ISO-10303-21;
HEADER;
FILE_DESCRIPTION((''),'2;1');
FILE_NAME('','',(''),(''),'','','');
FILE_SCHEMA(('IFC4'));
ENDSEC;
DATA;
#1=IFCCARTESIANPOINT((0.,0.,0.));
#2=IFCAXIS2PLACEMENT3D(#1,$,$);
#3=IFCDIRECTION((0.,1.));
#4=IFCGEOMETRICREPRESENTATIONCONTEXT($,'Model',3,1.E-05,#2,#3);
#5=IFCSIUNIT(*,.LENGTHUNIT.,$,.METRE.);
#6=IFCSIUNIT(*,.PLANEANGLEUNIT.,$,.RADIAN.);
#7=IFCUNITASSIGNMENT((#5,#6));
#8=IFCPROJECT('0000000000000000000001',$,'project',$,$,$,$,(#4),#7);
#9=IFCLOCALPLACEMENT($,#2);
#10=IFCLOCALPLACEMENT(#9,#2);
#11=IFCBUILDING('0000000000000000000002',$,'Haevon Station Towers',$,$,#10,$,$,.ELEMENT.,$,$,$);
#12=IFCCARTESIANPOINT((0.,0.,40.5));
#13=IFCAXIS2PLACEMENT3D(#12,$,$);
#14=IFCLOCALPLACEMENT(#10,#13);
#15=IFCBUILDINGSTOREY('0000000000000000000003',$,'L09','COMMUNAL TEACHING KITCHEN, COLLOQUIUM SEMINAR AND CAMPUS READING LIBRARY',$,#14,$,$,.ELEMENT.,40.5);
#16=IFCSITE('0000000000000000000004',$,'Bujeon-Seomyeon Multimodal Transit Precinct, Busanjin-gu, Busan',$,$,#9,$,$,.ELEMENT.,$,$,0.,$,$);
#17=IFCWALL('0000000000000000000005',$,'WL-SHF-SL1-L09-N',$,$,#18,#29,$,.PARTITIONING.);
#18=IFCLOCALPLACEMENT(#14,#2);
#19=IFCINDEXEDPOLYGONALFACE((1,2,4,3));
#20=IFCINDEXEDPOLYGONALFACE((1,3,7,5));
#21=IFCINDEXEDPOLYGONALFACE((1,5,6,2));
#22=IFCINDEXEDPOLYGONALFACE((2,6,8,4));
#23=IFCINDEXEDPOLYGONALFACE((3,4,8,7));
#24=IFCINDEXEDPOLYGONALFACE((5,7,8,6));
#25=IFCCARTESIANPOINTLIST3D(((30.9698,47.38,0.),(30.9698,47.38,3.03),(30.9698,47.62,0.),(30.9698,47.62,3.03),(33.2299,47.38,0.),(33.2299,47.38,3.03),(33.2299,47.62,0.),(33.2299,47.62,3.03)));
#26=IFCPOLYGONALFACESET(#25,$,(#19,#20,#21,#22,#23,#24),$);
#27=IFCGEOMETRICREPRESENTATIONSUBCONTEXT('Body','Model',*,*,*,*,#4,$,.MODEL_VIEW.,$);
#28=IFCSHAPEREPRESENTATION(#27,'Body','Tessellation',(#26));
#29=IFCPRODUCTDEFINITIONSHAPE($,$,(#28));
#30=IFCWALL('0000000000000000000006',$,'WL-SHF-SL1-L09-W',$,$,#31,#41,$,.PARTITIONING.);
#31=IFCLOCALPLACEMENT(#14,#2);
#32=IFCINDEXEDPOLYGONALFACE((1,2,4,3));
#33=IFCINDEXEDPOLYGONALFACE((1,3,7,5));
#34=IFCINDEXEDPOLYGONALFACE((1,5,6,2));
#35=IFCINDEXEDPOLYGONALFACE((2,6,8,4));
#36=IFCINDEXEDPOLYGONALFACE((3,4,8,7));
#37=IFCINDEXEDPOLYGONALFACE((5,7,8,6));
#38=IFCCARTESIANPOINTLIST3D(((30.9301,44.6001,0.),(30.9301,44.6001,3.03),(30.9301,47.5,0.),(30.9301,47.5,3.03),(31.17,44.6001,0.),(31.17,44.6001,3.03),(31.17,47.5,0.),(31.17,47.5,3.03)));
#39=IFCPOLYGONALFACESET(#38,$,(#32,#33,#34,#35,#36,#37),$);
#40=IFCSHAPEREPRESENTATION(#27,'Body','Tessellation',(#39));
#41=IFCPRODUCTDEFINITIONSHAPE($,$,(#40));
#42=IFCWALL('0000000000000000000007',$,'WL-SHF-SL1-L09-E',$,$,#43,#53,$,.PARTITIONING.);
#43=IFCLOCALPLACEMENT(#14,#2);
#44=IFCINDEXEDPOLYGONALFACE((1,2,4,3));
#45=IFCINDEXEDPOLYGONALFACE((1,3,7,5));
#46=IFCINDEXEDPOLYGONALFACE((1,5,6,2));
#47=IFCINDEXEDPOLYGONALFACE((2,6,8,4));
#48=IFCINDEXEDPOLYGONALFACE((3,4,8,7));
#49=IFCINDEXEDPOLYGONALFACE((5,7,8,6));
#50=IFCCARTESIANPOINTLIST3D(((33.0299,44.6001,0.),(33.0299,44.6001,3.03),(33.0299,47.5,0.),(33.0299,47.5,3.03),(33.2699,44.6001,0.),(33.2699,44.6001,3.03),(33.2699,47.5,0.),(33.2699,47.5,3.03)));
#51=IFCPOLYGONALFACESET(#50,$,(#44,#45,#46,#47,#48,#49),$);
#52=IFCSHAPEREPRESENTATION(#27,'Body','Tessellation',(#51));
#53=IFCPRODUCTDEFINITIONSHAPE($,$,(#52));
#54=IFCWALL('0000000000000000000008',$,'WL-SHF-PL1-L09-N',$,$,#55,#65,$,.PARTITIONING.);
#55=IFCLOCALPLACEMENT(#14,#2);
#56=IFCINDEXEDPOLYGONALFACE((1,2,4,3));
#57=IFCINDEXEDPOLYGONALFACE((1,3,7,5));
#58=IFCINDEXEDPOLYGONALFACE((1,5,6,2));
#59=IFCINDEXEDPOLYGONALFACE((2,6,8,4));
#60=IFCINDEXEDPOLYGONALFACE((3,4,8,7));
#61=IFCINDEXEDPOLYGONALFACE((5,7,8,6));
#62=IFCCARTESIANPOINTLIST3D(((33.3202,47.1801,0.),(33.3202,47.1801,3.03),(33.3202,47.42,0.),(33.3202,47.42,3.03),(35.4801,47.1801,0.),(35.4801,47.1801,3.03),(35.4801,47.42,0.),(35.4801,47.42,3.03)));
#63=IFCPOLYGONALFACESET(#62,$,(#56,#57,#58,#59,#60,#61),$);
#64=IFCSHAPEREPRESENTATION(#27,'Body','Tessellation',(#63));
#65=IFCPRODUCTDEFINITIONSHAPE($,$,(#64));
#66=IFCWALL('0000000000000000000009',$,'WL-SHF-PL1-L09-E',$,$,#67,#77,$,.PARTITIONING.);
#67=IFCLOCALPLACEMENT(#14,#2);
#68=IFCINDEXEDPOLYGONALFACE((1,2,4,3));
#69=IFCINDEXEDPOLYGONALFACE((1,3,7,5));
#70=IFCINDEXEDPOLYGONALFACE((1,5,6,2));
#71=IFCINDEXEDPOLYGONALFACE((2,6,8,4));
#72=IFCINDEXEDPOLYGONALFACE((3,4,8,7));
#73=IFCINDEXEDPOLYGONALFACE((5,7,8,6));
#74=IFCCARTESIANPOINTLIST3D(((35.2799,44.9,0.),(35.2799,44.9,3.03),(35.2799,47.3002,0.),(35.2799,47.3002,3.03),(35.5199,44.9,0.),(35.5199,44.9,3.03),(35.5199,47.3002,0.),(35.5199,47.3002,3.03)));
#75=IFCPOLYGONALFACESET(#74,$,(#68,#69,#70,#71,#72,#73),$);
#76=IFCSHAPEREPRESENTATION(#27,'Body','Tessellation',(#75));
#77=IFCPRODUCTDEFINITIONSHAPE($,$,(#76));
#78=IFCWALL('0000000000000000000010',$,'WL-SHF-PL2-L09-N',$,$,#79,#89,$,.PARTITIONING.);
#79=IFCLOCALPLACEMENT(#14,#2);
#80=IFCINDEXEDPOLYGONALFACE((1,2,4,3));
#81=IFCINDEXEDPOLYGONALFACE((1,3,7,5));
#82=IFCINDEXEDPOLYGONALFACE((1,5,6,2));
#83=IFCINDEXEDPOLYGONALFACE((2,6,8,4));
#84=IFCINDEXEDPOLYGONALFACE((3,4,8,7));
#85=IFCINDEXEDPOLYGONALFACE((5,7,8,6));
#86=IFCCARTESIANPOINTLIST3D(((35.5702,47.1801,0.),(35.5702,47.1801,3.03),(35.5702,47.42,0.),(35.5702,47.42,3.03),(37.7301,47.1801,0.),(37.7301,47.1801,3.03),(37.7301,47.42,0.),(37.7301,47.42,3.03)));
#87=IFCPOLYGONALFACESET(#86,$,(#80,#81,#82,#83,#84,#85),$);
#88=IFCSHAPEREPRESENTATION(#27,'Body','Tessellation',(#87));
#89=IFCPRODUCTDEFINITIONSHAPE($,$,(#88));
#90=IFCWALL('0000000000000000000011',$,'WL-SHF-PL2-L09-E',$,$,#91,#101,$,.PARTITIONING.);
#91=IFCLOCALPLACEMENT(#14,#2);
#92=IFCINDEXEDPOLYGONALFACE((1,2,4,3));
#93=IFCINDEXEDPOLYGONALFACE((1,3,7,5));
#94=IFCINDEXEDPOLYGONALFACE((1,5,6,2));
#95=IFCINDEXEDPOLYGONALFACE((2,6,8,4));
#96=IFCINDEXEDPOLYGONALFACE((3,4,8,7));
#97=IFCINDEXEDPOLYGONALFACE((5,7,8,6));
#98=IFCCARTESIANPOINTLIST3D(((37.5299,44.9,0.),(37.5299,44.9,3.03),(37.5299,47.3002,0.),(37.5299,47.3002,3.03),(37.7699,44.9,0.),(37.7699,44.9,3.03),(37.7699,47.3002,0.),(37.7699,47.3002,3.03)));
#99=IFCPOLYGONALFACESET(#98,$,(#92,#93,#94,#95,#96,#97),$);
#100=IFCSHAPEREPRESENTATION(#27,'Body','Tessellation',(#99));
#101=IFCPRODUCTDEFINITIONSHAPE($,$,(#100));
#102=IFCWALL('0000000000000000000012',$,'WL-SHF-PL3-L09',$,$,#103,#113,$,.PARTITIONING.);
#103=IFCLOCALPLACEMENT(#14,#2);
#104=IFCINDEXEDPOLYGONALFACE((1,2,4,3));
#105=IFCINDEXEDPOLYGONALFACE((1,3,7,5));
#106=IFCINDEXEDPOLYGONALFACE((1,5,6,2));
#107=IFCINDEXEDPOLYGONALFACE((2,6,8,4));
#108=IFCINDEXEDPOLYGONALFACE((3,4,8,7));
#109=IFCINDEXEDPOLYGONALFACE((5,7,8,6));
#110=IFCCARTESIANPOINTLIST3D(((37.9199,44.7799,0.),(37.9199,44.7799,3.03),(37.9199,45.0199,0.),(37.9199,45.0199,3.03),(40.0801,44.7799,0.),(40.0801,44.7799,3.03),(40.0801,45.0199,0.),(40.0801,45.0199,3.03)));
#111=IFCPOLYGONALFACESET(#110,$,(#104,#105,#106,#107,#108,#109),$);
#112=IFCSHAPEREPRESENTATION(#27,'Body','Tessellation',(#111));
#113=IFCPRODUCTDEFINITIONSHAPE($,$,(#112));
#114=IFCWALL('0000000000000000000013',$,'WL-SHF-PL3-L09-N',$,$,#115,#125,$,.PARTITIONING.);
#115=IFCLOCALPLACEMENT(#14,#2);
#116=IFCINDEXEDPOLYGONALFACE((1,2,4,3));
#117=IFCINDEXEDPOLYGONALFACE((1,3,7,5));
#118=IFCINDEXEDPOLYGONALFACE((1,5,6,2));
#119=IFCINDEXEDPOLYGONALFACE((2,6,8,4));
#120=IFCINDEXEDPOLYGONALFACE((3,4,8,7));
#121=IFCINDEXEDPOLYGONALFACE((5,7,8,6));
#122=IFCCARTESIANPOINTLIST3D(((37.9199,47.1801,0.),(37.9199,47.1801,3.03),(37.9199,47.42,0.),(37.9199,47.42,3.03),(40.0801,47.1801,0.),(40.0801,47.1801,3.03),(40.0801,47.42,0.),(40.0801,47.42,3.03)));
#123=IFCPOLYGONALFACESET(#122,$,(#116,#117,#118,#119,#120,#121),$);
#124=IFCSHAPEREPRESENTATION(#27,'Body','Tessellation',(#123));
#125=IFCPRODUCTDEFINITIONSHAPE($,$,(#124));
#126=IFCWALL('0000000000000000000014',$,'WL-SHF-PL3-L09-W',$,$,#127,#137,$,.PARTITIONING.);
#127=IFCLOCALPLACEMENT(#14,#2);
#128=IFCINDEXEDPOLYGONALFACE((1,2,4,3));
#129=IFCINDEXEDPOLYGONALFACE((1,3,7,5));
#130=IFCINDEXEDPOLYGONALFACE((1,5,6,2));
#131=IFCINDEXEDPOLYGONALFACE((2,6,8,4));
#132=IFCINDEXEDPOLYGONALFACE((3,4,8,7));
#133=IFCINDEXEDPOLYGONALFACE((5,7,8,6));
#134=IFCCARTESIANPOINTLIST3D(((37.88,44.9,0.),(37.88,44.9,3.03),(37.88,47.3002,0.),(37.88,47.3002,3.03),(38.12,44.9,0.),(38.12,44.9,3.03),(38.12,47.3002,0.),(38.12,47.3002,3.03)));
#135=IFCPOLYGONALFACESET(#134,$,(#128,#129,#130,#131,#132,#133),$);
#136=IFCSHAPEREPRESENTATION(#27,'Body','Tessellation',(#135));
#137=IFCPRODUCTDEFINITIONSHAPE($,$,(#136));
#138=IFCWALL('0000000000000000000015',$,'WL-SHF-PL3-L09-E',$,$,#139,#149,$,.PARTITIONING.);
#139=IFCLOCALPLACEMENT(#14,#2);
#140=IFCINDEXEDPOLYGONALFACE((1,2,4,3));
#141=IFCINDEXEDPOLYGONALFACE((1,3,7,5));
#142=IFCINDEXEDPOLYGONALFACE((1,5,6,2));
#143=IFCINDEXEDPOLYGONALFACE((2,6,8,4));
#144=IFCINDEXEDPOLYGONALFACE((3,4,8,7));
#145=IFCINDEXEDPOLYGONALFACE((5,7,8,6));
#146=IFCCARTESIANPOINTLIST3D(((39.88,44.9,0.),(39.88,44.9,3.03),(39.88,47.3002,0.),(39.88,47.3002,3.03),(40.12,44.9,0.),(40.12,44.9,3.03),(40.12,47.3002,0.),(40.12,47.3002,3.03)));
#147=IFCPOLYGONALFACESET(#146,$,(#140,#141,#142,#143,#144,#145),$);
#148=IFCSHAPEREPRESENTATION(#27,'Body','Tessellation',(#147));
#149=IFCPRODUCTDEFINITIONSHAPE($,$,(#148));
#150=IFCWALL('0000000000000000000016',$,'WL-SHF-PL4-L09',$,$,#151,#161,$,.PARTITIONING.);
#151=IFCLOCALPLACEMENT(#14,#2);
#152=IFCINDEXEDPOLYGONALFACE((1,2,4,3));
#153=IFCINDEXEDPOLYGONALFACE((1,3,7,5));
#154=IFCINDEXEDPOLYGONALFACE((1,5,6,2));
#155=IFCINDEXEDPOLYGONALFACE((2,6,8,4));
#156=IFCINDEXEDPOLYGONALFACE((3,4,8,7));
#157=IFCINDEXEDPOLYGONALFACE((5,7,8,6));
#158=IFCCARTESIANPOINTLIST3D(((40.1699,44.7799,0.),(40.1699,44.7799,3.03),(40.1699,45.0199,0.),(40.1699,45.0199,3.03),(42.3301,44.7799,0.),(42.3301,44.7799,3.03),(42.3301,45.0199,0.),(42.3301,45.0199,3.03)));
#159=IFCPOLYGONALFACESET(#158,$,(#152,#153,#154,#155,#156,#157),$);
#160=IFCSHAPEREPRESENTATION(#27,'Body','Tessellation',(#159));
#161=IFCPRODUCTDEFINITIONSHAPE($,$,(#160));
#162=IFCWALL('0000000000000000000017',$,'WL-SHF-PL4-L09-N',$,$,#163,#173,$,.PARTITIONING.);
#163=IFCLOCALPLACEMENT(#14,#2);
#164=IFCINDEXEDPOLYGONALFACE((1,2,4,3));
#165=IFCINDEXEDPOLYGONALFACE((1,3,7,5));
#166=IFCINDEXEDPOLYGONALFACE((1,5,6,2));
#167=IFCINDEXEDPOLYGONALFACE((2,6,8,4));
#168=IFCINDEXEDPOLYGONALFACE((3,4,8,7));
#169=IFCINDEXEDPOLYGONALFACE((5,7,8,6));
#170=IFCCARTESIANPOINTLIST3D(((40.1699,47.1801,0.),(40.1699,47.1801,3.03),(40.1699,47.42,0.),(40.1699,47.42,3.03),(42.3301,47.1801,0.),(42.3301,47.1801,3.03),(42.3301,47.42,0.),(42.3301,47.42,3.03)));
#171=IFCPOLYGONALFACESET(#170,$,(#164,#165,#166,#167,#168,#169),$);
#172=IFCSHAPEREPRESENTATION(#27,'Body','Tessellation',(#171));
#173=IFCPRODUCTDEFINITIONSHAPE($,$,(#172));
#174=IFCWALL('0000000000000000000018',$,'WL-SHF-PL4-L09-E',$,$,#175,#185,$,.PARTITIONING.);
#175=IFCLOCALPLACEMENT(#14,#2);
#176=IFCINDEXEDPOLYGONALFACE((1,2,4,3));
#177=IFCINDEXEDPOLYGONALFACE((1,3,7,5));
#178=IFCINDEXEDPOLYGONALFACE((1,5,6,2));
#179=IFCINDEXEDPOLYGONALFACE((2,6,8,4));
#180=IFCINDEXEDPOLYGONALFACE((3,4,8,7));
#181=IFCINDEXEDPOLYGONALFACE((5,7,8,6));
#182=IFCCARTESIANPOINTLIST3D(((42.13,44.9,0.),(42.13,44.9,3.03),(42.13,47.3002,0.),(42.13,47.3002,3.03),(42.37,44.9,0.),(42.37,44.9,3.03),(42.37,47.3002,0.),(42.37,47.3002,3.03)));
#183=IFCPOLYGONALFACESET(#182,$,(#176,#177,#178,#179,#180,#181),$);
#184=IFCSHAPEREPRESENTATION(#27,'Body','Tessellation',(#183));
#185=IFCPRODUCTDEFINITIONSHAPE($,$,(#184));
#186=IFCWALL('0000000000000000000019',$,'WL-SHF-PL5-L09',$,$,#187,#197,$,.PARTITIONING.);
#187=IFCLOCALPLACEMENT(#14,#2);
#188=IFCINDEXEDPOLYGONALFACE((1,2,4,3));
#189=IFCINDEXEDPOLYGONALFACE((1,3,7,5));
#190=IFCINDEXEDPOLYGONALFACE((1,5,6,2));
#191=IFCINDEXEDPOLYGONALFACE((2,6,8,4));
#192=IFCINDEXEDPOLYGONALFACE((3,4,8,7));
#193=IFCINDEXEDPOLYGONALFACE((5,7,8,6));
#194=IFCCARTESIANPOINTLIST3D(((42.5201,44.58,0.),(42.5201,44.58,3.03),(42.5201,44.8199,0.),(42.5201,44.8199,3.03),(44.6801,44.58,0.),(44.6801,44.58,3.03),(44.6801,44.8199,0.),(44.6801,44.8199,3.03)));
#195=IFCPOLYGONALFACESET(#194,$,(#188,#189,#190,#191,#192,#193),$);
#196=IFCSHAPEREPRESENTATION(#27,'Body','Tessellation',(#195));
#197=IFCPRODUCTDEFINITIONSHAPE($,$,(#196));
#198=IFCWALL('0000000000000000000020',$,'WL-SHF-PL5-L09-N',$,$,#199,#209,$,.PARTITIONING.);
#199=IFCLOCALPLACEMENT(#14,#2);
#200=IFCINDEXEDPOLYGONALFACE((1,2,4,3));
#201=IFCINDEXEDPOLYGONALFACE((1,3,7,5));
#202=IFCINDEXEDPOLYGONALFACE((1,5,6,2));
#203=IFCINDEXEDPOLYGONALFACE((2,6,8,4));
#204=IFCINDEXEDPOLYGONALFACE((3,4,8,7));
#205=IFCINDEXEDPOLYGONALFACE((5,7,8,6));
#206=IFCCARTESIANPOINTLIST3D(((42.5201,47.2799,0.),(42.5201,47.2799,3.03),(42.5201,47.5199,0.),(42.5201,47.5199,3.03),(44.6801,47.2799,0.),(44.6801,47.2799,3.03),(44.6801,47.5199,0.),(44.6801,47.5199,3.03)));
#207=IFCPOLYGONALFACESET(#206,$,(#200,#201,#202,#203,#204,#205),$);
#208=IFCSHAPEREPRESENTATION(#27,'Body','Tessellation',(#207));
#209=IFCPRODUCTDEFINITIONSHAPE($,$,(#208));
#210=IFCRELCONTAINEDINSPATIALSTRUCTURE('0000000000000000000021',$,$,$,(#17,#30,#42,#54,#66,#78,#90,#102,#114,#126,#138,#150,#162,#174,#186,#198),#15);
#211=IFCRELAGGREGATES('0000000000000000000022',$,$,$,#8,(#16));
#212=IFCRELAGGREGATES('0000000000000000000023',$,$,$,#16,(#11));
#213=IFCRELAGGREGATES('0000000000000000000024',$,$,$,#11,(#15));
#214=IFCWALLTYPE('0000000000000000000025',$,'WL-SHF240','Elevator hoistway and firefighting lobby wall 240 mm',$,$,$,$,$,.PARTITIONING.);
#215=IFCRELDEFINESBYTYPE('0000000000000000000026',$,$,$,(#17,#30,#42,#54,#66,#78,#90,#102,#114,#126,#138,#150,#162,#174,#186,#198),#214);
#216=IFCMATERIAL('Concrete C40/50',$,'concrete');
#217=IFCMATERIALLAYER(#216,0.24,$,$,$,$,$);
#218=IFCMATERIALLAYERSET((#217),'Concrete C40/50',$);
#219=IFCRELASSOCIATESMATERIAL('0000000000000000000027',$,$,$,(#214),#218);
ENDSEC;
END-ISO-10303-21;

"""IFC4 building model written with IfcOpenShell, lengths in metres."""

from ifc_helpers import new_model, si_unit, direction, frame, frame_2d, origin, place, context, subcontext, project, spatial, rectangle, extrude, material, layer, layer_set, type_object, element, save


model = new_model("IFC4")

# Units and contexts
model_context = context("Model", 3, precision=1e-05, world=origin(), true_north=direction((0.0, 1.0)))
body_context = subcontext(model_context, "Body", "Model", "MODEL_VIEW")
ifc_project = project(units=[si_unit("LENGTHUNIT", "METRE"), si_unit("PLANEANGLEUNIT", "RADIAN")], contexts=[model_context])

# Site, building, storey
site_placement = place(None, origin())
site = spatial("IfcSite", under=ifc_project, at=site_placement, Name="Bujeon-Seomyeon Multimodal Transit Precinct, Busanjin-gu, Busan", CompositionType="ELEMENT", RefElevation=0.0)
building_placement = place(site_placement, origin())
building = spatial("IfcBuilding", under=site, at=building_placement, Name="Haevon Station Towers", CompositionType="ELEMENT")
storey_placement = place(building_placement, frame((0.0, 0.0, 40.5)))
storey = spatial("IfcBuildingStorey", under=building, at=storey_placement, Name="L09", Description="COMMUNAL TEACHING KITCHEN, COLLOQUIUM SEMINAR AND CAMPUS READING LIBRARY", CompositionType="ELEMENT", Elevation=40.5)

# Shared definitions
ifc_material_1 = material(Name="Concrete C40/50", Category="concrete")
ifc_layer_1 = layer(ifc_material_1, 0.24)
ifc_layer_set_1 = layer_set([ifc_layer_1], Name="Concrete C40/50")
wall_type_1 = type_object("IfcWallType", Name="WL-SHF240", Description="Elevator hoistway and firefighting lobby wall 240 mm", PredefinedType="PARTITIONING", material=ifc_layer_set_1)

# Walls
wall_1_placement = place(storey_placement, frame((30.97, 47.5, 0.0), z_axis=(0.0, 0.0, 1.0), x_axis=(1.0, 0.0, 0.0)))
element("IfcWall", 1, at=wall_1_placement, inside=storey, type_object=wall_type_1, Name="WL-SHF-SL1-L09-N", PredefinedType="PARTITIONING", context=body_context, shape_type="SweptSolid", body=[
    extrude(rectangle(XDim=2.26, YDim=0.24, at=frame_2d((1.1299, 0.0))), origin(), (0.0, 0.0, 1.0), 3.03),
])
for number, where, z_axis, x_axis, name in (
    (2, (31.05, 44.6001, 0.0), (0.0, 0.0, 1.0), (0.0, 1.0, 0.0), "WL-SHF-SL1-L09-W"),
    (3, (33.1499, 44.6001, 0.0), (0.0, 0.0, 1.0), (0.0, 1.0, 0.0), "WL-SHF-SL1-L09-E"),
):
    element("IfcWall", number, at=place(storey_placement, frame(where, z_axis=z_axis, x_axis=x_axis)), inside=storey, type_object=wall_type_1, Name=name, PredefinedType="PARTITIONING", context=body_context, shape_type="SweptSolid", body=[
        extrude(rectangle(XDim=2.8999, YDim=0.24, at=frame_2d((1.45, 0.0))), origin(), (0.0, 0.0, 1.0), 3.03),
    ])

# Walls
wall_2_placement = place(storey_placement, frame((33.3201, 47.3, 0.0), z_axis=(0.0, 0.0, 1.0), x_axis=(1.0, 0.0, 0.0)))
element("IfcWall", 4, at=wall_2_placement, inside=storey, type_object=wall_type_1, Name="WL-SHF-PL1-L09-N", PredefinedType="PARTITIONING", context=body_context, shape_type="SweptSolid", body=[
    extrude(rectangle(XDim=2.1599, YDim=0.24, at=frame_2d((1.0801, 0.0))), origin(), (0.0, 0.0, 1.0), 3.03),
])
wall_3_placement = place(storey_placement, frame((35.3999, 44.8999, 0.0), z_axis=(0.0, 0.0, 1.0), x_axis=(0.0, 1.0, 0.0)))
element("IfcWall", 5, at=wall_3_placement, inside=storey, type_object=wall_type_1, Name="WL-SHF-PL1-L09-E", PredefinedType="PARTITIONING", context=body_context, shape_type="SweptSolid", body=[
    extrude(rectangle(XDim=2.4001, YDim=0.24, at=frame_2d((1.2002, 0.0))), origin(), (0.0, 0.0, 1.0), 3.03),
])

# Walls
wall_4_placement = place(storey_placement, frame((35.5701, 47.3, 0.0), z_axis=(0.0, 0.0, 1.0), x_axis=(1.0, 0.0, 0.0)))
element("IfcWall", 6, at=wall_4_placement, inside=storey, type_object=wall_type_1, Name="WL-SHF-PL2-L09-N", PredefinedType="PARTITIONING", context=body_context, shape_type="SweptSolid", body=[
    extrude(rectangle(XDim=2.1599, YDim=0.24, at=frame_2d((1.0801, 0.0))), origin(), (0.0, 0.0, 1.0), 3.03),
])
wall_5_placement = place(storey_placement, frame((37.6499, 44.8999, 0.0), z_axis=(0.0, 0.0, 1.0), x_axis=(0.0, 1.0, 0.0)))
element("IfcWall", 7, at=wall_5_placement, inside=storey, type_object=wall_type_1, Name="WL-SHF-PL2-L09-E", PredefinedType="PARTITIONING", context=body_context, shape_type="SweptSolid", body=[
    extrude(rectangle(XDim=2.4001, YDim=0.24, at=frame_2d((1.2002, 0.0))), origin(), (0.0, 0.0, 1.0), 3.03),
])
for number, where, z_axis, x_axis, name in (
    (8, (37.9199, 44.8999, 0.0), (0.0, 0.0, 1.0), (1.0, 0.0, 0.0), "WL-SHF-PL3-L09"),
    (9, (37.9199, 47.3, 0.0), (0.0, 0.0, 1.0), (1.0, 0.0, 0.0), "WL-SHF-PL3-L09-N"),
):
    element("IfcWall", number, at=place(storey_placement, frame(where, z_axis=z_axis, x_axis=x_axis)), inside=storey, type_object=wall_type_1, Name=name, PredefinedType="PARTITIONING", context=body_context, shape_type="SweptSolid", body=[
        extrude(rectangle(XDim=2.1602, YDim=0.24, at=frame_2d((1.0801, 0.0))), origin(), (0.0, 0.0, 1.0), 3.03),
    ])
for number, where, z_axis, x_axis, name in (
    (10, (38.0, 44.8999, 0.0), (0.0, 0.0, 1.0), (0.0, 1.0, 0.0), "WL-SHF-PL3-L09-W"),
    (11, (40.0, 44.8999, 0.0), (0.0, 0.0, 1.0), (0.0, 1.0, 0.0), "WL-SHF-PL3-L09-E"),
):
    element("IfcWall", number, at=place(storey_placement, frame(where, z_axis=z_axis, x_axis=x_axis)), inside=storey, type_object=wall_type_1, Name=name, PredefinedType="PARTITIONING", context=body_context, shape_type="SweptSolid", body=[
        extrude(rectangle(XDim=2.4001, YDim=0.24, at=frame_2d((1.2002, 0.0))), origin(), (0.0, 0.0, 1.0), 3.03),
    ])
for number, where, z_axis, x_axis, name in (
    (12, (40.1699, 44.8999, 0.0), (0.0, 0.0, 1.0), (1.0, 0.0, 0.0), "WL-SHF-PL4-L09"),
    (13, (40.1699, 47.3, 0.0), (0.0, 0.0, 1.0), (1.0, 0.0, 0.0), "WL-SHF-PL4-L09-N"),
):
    element("IfcWall", number, at=place(storey_placement, frame(where, z_axis=z_axis, x_axis=x_axis)), inside=storey, type_object=wall_type_1, Name=name, PredefinedType="PARTITIONING", context=body_context, shape_type="SweptSolid", body=[
        extrude(rectangle(XDim=2.1602, YDim=0.24, at=frame_2d((1.0801, 0.0))), origin(), (0.0, 0.0, 1.0), 3.03),
    ])
wall_6_placement = place(storey_placement, frame((42.25, 44.8999, 0.0), z_axis=(0.0, 0.0, 1.0), x_axis=(0.0, 1.0, 0.0)))
element("IfcWall", 14, at=wall_6_placement, inside=storey, type_object=wall_type_1, Name="WL-SHF-PL4-L09-E", PredefinedType="PARTITIONING", context=body_context, shape_type="SweptSolid", body=[
    extrude(rectangle(XDim=2.4001, YDim=0.24, at=frame_2d((1.2002, 0.0))), origin(), (0.0, 0.0, 1.0), 3.03),
])
for number, where, z_axis, x_axis, name in (
    (15, (42.52, 44.7, 0.0), (0.0, 0.0, 1.0), (1.0, 0.0, 0.0), "WL-SHF-PL5-L09"),
    (16, (42.52, 47.3999, 0.0), (0.0, 0.0, 1.0), (1.0, 0.0, 0.0), "WL-SHF-PL5-L09-N"),
):
    element("IfcWall", number, at=place(storey_placement, frame(where, z_axis=z_axis, x_axis=x_axis)), inside=storey, type_object=wall_type_1, Name=name, PredefinedType="PARTITIONING", context=body_context, shape_type="SweptSolid", body=[
        extrude(rectangle(XDim=2.1599, YDim=0.24, at=frame_2d((1.0801, 0.0))), origin(), (0.0, 0.0, 1.0), 3.03),
    ])

save(model, "model.ifc")
